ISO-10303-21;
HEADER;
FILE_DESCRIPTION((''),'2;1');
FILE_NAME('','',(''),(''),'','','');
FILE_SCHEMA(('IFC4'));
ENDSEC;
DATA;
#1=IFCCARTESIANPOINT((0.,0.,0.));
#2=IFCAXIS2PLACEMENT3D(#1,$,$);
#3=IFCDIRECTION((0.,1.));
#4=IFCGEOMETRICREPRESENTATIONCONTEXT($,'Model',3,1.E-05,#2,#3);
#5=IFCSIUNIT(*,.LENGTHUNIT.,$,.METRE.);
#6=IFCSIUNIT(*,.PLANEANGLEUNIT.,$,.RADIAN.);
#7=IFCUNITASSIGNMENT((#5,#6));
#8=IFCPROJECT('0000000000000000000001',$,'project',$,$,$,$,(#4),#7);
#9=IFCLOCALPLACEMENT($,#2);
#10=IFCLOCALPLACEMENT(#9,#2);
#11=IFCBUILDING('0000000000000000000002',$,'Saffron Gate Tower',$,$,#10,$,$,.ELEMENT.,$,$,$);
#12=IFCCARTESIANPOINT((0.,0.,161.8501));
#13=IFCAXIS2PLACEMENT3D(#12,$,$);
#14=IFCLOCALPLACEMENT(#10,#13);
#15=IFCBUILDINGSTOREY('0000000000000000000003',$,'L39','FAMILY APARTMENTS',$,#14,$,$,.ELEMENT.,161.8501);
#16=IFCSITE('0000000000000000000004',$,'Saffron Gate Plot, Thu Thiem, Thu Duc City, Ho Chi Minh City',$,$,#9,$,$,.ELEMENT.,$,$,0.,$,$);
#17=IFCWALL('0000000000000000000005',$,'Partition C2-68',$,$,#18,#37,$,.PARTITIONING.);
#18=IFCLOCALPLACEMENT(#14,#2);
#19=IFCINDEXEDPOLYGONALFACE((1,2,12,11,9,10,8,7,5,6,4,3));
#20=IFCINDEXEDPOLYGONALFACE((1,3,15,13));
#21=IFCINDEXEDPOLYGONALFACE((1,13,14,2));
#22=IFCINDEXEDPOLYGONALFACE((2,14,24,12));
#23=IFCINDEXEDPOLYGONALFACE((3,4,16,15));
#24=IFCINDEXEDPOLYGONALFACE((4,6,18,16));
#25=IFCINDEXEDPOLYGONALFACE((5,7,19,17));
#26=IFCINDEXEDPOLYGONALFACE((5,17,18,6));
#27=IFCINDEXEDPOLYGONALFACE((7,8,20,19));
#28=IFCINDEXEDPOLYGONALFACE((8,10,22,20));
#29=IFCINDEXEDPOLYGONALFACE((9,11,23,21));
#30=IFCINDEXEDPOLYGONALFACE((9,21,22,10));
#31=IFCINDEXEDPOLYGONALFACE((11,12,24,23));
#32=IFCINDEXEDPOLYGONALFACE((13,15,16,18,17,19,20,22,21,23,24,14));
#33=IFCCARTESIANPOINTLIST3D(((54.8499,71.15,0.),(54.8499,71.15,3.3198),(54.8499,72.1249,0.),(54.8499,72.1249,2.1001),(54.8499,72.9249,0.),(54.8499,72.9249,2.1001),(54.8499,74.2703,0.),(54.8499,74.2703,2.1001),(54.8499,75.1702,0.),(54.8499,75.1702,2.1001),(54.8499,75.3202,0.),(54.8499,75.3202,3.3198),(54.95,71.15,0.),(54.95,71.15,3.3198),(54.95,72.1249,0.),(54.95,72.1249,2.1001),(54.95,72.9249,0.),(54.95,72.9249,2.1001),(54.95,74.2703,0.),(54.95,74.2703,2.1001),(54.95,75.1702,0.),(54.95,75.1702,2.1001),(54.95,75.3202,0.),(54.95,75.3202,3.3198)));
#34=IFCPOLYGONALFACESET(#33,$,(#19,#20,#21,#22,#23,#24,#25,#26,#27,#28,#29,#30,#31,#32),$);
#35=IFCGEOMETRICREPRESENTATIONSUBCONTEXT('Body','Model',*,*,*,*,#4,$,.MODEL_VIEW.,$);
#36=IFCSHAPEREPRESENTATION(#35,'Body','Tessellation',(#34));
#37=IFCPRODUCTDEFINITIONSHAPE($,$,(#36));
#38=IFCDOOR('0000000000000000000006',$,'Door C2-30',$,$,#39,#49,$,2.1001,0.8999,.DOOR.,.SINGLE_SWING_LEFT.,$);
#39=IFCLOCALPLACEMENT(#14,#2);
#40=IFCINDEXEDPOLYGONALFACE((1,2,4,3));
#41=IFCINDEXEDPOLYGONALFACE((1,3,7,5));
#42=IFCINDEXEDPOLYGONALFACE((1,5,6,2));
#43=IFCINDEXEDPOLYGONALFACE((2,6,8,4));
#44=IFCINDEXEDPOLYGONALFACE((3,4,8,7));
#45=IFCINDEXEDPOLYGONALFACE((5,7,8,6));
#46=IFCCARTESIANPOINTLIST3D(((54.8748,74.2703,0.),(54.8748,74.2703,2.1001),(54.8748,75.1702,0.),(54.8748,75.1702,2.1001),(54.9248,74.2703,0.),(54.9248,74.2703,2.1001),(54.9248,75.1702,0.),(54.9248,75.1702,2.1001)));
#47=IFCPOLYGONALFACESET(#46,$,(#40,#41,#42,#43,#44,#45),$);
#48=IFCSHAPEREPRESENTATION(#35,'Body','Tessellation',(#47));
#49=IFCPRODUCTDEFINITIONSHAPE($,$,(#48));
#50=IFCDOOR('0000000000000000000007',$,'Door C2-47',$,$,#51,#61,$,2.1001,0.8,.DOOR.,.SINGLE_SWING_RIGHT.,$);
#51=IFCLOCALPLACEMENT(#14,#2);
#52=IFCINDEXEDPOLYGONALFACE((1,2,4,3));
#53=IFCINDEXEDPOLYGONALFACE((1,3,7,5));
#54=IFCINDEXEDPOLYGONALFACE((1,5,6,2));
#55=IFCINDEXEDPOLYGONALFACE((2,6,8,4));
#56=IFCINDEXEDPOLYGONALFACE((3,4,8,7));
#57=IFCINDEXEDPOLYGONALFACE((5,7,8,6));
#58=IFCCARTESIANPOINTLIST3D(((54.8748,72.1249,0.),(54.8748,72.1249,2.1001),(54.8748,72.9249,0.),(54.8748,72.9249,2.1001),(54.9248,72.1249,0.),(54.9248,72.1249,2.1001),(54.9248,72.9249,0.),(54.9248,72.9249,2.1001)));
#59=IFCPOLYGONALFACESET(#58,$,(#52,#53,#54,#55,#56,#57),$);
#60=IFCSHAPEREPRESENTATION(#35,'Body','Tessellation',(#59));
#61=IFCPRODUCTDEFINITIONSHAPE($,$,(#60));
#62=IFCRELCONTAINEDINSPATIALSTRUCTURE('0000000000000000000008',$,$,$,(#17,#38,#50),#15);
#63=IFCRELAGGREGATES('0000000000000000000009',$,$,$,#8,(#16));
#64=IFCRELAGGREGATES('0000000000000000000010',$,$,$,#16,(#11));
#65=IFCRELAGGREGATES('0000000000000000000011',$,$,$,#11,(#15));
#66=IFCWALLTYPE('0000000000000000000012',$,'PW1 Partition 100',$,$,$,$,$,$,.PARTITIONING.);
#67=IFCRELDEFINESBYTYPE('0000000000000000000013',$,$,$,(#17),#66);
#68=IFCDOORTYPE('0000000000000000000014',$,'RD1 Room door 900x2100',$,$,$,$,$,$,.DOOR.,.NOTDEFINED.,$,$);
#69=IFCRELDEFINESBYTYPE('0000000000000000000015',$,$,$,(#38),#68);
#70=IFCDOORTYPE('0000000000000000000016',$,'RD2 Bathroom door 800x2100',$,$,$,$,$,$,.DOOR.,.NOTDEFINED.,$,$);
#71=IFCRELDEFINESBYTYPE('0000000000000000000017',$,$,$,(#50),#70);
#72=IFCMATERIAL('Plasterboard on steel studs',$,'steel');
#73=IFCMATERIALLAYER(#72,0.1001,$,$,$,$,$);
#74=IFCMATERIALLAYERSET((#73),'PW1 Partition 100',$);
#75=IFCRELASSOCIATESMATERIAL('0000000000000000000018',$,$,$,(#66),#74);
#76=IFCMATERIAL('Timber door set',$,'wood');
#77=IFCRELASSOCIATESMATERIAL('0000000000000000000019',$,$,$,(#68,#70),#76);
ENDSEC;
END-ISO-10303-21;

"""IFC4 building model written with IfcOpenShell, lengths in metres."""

from ifc_helpers import new_model, si_unit, direction, frame, frame_2d, origin, place, context, subcontext, project, spatial, rectangle, extrude, material, layer, layer_set, type_object, element, fill, save


model = new_model("IFC4")

# Units and contexts
model_context = context("Model", 3, precision=1e-05, world=origin(), true_north=direction((0.0, 1.0)))
body_context = subcontext(model_context, "Body", "Model", "MODEL_VIEW")
ifc_project = project(units=[si_unit("LENGTHUNIT", "METRE"), si_unit("PLANEANGLEUNIT", "RADIAN")], contexts=[model_context])

# Site, building, storey
site_placement = place(None, origin())
site = spatial("IfcSite", under=ifc_project, at=site_placement, Name="Saffron Gate Plot, Thu Thiem, Thu Duc City, Ho Chi Minh City", CompositionType="ELEMENT", RefElevation=0.0)
building_placement = place(site_placement, origin())
building = spatial("IfcBuilding", under=site, at=building_placement, Name="Saffron Gate Tower", CompositionType="ELEMENT")
storey_placement = place(building_placement, frame((0.0, 0.0, 161.8501)))
storey = spatial("IfcBuildingStorey", under=building, at=storey_placement, Name="L39", Description="FAMILY APARTMENTS", CompositionType="ELEMENT", Elevation=161.8501)

# Shared definitions
ifc_material_1 = material(Name="Plasterboard on steel studs", Category="steel")
ifc_layer_1 = layer(ifc_material_1, 0.1001)
ifc_layer_set_1 = layer_set([ifc_layer_1], Name="PW1 Partition 100")
wall_type_1 = type_object("IfcWallType", Name="PW1 Partition 100", PredefinedType="PARTITIONING", material=ifc_layer_set_1)

# Shared definitions
ifc_material_2 = material(Name="Timber door set", Category="wood")
door_type_1 = type_object("IfcDoorType", Name="RD1 Room door 900x2100", OperationType="NOTDEFINED", PredefinedType="DOOR", material=ifc_material_2)

# Wall, openings, doors
wall_1_placement = place(storey_placement, frame((54.8999, 75.3201, 0.0), z_axis=(0.0, 0.0, 1.0), x_axis=(0.0, -1.0, 0.0)))
wall_1 = element("IfcWall", 1, at=wall_1_placement, inside=storey, type_object=wall_type_1, Name="Partition C2-68", PredefinedType="PARTITIONING", context=body_context, shape_type="SweptSolid", body=[
    extrude(rectangle(XDim=4.1702, YDim=0.1001, at=frame_2d((2.085, 0.0))), origin(), (0.0, 0.0, 1.0), 3.3198),
])
opening_1_placement = place(wall_1_placement, frame((0.1499, 0.0, 0.0)))
opening_1 = element("IfcOpeningElement", 2, at=opening_1_placement, cuts=wall_1, PredefinedType="OPENING", context=body_context, shape_type="SweptSolid", body=[
    extrude(rectangle(XDim=0.8999, YDim=2.1001, at=frame_2d((0.45, 1.05))), frame((0.0, 0.0601, 0.0), z_axis=(0.0, -1.0, 0.0), x_axis=(1.0, 0.0, 0.0)), (0.0, 0.0, 1.0), 0.1201),
])
opening_2_placement = place(wall_1_placement, frame((2.3953, 0.0, 0.0)))
opening_2 = element("IfcOpeningElement", 3, at=opening_2_placement, cuts=wall_1, PredefinedType="OPENING", context=body_context, shape_type="SweptSolid", body=[
    extrude(rectangle(XDim=0.8, YDim=2.1001, at=frame_2d((0.3999, 1.05))), frame((0.0, 0.0601, 0.0), z_axis=(0.0, -1.0, 0.0), x_axis=(1.0, 0.0, 0.0)), (0.0, 0.0, 1.0), 0.1201),
])
door_1_placement = place(opening_1_placement, origin())
door_1 = element("IfcDoor", 4, at=door_1_placement, inside=storey, type_object=door_type_1, Name="Door C2-30", OperationType="SINGLE_SWING_LEFT", OverallHeight=2.1001, OverallWidth=0.8999, PredefinedType="DOOR", context=body_context, shape_type="SweptSolid", body=[
    extrude(rectangle(XDim=0.8999, YDim=2.1001, at=frame_2d((0.45, 1.05))), frame((0.0, 0.0249, 0.0), z_axis=(0.0, -1.0, 0.0), x_axis=(1.0, 0.0, 0.0)), (0.0, 0.0, 1.0), 0.05),
])
fill(opening_1, door_1)
door_type_2 = type_object("IfcDoorType", Name="RD2 Bathroom door 800x2100", OperationType="NOTDEFINED", PredefinedType="DOOR", material=ifc_material_2)
door_2_placement = place(opening_2_placement, origin())
door_2 = element("IfcDoor", 5, at=door_2_placement, inside=storey, type_object=door_type_2, Name="Door C2-47", OperationType="SINGLE_SWING_RIGHT", OverallHeight=2.1001, OverallWidth=0.8, PredefinedType="DOOR", context=body_context, shape_type="SweptSolid", body=[
    extrude(rectangle(XDim=0.8, YDim=2.1001, at=frame_2d((0.3999, 1.05))), frame((0.0, 0.0249, 0.0), z_axis=(0.0, -1.0, 0.0), x_axis=(1.0, 0.0, 0.0)), (0.0, 0.0, 1.0), 0.05),
])
fill(opening_2, door_2)

save(model, "model.ifc")
